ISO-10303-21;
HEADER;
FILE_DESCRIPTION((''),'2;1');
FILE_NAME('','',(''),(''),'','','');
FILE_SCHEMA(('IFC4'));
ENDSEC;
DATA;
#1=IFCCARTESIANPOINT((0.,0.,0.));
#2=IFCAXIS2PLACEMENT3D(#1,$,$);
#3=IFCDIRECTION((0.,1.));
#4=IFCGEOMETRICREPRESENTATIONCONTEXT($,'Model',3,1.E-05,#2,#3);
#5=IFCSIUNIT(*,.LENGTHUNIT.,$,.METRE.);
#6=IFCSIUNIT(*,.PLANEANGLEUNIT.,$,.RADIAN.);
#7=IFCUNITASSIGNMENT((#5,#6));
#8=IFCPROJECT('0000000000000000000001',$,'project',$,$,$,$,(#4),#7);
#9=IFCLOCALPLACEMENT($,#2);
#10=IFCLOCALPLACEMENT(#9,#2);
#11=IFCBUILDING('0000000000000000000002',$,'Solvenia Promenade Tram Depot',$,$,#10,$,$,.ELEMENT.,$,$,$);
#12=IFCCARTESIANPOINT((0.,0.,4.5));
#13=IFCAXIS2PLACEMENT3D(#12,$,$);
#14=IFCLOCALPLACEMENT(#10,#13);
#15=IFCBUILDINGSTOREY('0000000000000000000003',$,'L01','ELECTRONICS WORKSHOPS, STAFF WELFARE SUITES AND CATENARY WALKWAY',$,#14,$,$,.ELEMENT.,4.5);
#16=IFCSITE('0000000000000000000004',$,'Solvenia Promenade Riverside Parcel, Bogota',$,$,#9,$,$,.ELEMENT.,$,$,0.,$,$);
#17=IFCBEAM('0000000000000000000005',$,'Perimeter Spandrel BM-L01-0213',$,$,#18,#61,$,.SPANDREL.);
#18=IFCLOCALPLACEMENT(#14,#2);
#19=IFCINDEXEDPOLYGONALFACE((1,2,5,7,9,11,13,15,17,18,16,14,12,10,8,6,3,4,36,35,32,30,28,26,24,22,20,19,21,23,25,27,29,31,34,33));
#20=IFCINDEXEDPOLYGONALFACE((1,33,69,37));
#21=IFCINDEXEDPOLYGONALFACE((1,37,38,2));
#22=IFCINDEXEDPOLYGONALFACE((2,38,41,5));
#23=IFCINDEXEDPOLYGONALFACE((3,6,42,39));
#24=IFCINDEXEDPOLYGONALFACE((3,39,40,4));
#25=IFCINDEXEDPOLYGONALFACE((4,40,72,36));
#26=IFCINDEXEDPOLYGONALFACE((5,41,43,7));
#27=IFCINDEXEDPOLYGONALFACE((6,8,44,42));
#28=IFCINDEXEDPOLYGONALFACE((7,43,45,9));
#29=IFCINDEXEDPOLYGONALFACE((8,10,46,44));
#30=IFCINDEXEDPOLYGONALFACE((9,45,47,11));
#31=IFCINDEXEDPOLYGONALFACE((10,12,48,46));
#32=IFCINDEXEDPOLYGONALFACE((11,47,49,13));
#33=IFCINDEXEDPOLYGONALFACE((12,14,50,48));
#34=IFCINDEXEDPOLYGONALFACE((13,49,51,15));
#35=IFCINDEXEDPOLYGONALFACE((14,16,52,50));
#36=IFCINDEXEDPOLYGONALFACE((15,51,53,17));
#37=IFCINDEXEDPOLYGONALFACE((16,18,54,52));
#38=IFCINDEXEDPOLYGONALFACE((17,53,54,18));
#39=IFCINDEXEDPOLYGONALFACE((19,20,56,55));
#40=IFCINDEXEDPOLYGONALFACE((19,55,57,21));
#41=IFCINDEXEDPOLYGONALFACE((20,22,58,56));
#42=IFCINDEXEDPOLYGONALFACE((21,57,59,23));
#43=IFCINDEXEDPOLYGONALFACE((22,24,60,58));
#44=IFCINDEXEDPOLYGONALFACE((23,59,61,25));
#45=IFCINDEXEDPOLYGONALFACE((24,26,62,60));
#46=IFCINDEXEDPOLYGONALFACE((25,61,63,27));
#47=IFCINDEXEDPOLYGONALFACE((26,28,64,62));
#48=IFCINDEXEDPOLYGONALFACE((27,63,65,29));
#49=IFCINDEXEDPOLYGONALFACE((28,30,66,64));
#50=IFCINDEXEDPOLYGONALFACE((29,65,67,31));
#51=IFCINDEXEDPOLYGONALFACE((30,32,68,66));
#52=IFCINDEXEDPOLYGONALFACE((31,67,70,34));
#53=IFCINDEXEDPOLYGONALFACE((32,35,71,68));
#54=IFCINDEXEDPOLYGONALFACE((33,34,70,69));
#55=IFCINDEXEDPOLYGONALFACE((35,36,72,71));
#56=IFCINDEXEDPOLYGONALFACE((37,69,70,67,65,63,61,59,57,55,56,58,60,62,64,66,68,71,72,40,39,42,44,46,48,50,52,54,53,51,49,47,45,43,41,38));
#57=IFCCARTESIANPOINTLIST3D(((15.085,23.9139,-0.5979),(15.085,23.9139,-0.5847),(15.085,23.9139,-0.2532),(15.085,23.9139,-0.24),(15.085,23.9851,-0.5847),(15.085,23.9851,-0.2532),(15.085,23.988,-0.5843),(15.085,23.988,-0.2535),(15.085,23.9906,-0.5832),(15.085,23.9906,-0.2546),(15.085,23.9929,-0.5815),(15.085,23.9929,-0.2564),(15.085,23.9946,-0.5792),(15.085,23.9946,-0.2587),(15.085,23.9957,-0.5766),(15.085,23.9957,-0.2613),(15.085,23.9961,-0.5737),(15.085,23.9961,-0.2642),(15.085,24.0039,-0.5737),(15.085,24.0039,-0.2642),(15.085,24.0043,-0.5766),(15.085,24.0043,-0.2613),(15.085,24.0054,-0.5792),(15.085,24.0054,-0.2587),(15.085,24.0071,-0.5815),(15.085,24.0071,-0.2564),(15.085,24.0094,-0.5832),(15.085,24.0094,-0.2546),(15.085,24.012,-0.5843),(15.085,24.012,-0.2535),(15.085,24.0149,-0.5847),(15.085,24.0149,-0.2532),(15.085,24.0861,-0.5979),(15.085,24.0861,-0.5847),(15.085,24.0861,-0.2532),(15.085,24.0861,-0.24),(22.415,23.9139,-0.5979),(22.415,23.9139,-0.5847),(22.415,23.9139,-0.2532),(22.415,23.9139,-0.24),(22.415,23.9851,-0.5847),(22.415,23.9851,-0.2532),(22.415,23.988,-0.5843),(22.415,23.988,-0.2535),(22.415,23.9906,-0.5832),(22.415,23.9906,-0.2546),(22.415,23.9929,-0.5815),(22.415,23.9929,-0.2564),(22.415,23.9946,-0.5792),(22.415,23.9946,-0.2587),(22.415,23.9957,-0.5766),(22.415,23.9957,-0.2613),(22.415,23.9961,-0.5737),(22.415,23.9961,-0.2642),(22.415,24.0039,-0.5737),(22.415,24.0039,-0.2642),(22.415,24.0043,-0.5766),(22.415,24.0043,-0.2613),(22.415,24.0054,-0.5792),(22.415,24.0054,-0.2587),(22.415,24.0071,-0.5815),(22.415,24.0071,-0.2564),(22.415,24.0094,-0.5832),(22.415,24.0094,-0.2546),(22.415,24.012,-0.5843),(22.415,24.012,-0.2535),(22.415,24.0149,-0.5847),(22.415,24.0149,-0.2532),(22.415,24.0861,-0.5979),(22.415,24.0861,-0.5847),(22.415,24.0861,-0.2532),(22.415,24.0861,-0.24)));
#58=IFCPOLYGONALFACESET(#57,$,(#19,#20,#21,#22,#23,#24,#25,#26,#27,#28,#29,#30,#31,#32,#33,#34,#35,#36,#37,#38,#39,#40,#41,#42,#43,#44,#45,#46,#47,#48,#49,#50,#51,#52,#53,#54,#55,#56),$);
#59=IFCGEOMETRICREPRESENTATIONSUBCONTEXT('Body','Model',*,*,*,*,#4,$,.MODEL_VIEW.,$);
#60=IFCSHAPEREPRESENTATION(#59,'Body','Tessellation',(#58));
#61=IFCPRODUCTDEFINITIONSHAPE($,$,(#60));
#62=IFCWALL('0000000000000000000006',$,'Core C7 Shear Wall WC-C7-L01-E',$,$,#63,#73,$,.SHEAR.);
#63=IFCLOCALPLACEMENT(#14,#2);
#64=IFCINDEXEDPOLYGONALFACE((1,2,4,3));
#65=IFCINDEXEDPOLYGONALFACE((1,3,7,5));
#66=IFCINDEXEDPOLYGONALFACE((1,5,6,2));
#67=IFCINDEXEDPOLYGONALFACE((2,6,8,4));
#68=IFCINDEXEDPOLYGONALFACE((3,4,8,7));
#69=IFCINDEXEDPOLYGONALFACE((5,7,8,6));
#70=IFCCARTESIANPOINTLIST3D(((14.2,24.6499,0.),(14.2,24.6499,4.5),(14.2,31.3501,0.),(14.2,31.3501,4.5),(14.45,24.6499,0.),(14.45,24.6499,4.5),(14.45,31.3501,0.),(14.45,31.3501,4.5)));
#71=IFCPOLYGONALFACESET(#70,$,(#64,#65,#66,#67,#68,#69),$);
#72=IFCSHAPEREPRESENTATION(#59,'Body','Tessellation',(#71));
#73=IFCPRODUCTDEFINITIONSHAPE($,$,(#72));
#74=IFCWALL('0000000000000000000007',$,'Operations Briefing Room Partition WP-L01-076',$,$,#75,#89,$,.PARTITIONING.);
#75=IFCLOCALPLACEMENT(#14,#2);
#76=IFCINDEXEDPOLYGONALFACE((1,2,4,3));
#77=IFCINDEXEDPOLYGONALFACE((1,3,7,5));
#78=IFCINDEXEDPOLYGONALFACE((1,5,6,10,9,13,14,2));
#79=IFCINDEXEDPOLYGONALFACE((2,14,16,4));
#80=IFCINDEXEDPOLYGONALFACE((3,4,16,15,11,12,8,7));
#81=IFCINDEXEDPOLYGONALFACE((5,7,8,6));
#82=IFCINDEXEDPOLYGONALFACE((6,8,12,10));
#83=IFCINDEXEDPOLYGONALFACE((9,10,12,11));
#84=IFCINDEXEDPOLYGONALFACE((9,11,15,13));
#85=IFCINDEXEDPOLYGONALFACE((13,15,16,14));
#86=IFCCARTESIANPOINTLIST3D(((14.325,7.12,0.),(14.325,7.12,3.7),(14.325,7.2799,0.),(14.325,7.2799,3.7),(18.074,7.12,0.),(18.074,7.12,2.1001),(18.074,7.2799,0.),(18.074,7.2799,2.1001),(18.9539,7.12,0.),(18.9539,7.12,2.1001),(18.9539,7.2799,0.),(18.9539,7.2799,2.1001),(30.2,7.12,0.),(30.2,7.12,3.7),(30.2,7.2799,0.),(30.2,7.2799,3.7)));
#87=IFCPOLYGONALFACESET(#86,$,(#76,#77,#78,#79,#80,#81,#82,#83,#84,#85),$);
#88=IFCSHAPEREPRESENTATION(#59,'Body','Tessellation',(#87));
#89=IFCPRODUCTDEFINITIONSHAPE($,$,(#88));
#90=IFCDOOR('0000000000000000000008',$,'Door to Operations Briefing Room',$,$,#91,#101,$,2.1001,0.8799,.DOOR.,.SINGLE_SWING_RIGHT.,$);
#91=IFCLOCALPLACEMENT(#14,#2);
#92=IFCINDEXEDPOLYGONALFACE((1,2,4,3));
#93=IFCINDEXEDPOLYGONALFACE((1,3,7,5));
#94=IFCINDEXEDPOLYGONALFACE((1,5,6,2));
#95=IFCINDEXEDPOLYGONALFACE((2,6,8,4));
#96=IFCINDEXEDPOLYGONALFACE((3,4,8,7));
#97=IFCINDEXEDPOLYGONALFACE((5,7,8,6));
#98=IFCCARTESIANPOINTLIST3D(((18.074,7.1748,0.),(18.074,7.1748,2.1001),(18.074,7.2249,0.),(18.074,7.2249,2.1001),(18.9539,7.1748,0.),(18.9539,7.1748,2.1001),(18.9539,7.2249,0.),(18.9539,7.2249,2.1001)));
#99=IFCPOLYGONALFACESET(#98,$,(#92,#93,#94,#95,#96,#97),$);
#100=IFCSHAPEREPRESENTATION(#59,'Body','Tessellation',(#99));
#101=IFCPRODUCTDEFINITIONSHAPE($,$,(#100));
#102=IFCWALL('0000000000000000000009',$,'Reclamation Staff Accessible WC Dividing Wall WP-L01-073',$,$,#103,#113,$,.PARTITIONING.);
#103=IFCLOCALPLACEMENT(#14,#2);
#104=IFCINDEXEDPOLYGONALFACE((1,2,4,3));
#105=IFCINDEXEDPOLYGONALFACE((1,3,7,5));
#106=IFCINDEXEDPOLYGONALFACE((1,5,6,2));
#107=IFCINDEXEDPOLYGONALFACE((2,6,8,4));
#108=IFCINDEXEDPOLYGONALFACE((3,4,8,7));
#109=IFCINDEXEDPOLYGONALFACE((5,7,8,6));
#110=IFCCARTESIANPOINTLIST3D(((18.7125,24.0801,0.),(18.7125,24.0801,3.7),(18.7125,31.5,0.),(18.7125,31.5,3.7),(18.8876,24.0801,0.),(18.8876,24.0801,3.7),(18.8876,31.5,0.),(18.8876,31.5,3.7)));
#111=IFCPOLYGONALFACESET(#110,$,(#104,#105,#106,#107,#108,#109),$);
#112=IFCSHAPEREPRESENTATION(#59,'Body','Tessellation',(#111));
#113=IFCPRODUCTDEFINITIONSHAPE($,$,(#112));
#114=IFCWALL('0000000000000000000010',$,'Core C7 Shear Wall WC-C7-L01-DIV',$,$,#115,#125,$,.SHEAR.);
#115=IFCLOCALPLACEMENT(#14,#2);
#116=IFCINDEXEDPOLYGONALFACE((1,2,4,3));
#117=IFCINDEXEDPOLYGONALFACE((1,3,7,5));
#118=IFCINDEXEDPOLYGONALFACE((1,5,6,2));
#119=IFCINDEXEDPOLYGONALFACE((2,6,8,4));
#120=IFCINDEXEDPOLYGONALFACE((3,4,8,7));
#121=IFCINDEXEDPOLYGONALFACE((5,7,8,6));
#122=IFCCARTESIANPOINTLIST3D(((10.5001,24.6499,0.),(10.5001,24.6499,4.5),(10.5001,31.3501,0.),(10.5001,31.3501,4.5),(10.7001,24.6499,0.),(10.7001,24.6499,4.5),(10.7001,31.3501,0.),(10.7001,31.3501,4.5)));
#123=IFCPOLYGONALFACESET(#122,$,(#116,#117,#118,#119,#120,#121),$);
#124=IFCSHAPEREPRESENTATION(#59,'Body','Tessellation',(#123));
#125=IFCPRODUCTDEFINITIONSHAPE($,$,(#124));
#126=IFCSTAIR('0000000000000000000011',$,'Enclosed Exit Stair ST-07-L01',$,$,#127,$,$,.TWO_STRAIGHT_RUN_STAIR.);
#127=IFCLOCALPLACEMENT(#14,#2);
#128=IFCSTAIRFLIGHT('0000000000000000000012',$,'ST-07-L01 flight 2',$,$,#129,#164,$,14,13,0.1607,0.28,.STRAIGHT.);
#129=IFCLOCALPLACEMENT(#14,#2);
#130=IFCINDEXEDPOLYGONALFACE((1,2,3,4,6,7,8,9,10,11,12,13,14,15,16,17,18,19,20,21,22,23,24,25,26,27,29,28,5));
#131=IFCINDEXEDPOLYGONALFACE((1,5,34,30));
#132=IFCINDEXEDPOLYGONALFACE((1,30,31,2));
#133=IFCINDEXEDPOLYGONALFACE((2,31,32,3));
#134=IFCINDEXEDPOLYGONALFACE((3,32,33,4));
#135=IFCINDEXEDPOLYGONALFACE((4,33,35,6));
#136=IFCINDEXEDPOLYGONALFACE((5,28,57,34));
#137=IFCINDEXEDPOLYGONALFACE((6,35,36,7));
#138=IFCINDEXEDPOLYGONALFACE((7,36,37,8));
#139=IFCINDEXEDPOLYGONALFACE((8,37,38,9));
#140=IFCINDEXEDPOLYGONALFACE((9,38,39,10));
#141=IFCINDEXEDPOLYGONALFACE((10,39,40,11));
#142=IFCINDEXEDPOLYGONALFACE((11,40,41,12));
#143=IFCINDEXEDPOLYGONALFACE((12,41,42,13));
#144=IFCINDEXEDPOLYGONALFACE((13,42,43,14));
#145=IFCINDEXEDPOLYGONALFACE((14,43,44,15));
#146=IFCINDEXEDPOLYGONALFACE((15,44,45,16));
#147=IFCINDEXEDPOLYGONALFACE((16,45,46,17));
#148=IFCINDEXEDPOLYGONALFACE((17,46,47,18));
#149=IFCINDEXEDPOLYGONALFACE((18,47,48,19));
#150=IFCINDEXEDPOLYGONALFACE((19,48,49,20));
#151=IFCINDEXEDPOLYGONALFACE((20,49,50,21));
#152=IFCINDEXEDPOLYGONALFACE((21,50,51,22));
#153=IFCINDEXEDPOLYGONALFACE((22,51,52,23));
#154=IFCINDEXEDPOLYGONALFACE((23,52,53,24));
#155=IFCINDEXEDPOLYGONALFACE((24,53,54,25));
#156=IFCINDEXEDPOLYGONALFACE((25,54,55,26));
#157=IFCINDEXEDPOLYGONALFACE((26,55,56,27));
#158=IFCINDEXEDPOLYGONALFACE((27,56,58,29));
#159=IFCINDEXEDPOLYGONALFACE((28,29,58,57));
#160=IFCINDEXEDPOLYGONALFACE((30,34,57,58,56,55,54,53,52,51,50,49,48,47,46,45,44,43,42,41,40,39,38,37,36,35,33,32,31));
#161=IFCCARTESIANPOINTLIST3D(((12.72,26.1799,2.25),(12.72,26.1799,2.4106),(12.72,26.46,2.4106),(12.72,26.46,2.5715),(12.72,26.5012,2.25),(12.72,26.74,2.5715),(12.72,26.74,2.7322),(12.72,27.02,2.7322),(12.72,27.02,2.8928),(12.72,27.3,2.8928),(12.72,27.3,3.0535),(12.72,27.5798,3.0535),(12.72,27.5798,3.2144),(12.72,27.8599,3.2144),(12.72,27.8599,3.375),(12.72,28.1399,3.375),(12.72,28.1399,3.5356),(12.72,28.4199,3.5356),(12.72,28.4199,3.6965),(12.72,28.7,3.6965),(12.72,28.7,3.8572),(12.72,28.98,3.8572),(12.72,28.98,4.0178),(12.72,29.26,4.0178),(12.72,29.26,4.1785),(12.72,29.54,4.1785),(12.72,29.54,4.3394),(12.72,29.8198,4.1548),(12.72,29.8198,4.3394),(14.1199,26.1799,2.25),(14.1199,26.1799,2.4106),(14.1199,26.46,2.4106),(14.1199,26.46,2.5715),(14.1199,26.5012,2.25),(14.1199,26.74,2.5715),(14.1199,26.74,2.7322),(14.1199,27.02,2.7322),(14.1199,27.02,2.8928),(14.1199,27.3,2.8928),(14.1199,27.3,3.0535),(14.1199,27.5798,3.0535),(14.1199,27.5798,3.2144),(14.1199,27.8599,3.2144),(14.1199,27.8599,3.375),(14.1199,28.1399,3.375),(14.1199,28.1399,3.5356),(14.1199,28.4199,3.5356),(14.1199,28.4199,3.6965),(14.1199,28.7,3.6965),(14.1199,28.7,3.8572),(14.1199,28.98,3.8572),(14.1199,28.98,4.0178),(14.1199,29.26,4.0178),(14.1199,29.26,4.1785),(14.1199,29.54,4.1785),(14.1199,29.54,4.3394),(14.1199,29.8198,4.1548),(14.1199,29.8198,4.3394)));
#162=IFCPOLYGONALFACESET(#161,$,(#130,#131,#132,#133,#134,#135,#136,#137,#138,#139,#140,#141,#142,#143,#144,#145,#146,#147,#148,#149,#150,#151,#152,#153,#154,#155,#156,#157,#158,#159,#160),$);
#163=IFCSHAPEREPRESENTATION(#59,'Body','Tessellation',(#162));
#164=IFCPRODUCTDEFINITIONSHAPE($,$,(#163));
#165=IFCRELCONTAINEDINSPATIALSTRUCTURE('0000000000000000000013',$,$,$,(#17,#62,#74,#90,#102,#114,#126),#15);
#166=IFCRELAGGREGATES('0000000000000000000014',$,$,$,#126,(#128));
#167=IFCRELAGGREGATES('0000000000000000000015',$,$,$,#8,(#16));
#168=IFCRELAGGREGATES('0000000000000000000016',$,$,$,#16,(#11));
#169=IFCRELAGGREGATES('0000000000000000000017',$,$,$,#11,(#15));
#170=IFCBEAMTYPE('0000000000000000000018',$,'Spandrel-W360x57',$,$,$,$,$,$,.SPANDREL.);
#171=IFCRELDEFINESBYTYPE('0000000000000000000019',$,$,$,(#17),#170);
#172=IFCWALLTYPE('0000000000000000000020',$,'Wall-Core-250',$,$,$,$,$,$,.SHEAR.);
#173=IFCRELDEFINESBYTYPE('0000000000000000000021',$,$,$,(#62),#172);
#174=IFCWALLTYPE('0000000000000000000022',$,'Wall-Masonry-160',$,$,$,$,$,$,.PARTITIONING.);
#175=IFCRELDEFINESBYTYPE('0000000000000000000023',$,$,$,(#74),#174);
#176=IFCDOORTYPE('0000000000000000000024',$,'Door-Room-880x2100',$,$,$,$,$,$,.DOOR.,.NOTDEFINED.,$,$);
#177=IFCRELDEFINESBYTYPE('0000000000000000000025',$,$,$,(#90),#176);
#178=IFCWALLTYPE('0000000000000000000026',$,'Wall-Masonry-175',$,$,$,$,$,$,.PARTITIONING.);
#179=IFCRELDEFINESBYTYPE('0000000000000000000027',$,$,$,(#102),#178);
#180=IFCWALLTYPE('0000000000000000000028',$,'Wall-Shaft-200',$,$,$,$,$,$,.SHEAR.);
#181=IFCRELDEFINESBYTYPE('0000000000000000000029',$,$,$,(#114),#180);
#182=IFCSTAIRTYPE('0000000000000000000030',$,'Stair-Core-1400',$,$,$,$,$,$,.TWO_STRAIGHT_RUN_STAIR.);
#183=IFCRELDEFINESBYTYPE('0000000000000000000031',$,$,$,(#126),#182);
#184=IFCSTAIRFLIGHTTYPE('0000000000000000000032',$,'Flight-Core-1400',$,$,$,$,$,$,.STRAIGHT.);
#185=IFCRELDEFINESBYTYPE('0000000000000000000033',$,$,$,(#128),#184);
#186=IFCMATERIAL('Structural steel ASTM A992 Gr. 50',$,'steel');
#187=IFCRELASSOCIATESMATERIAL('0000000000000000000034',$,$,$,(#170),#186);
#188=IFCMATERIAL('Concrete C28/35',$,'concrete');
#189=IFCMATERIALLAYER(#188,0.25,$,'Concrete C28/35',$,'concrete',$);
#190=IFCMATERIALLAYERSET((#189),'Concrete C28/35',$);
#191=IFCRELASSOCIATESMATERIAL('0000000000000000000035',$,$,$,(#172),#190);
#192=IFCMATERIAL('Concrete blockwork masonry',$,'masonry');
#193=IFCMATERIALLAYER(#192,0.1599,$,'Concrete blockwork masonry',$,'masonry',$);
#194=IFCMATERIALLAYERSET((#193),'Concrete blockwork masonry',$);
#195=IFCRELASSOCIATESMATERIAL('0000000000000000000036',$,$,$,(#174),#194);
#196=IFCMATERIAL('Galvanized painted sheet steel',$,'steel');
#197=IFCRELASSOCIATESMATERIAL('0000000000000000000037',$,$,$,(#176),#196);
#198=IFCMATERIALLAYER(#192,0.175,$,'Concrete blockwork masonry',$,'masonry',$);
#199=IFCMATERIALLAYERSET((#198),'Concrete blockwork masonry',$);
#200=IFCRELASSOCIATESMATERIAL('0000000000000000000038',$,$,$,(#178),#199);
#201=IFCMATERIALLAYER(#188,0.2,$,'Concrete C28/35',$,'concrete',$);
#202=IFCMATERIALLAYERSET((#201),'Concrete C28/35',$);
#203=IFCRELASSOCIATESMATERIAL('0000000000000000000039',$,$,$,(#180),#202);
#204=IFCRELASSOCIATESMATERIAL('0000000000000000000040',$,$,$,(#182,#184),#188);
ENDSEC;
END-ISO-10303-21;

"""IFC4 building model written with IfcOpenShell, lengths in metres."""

from ifc_helpers import new_model, si_unit, direction, frame, frame_2d, origin, origin_2d, place, context, subcontext, project, spatial, polyline, rectangle, i_section, outline, extrude, material, layer, layer_set, material_profile, profile_set, type_object, element, fill, aggregate, save


model = new_model("IFC4")

# Units and contexts
model_context = context("Model", 3, precision=1e-05, world=origin(), true_north=direction((0.0, 1.0)))
body_context = subcontext(model_context, "Body", "Model", "MODEL_VIEW")
ifc_project = project(units=[si_unit("LENGTHUNIT", "METRE"), si_unit("PLANEANGLEUNIT", "RADIAN")], contexts=[model_context])

# Site, building, storey
site_placement = place(None, origin())
site = spatial("IfcSite", under=ifc_project, at=site_placement, Name="Solvenia Promenade Riverside Parcel, Bogota", CompositionType="ELEMENT", RefElevation=0.0)
building_placement = place(site_placement, origin())
building = spatial("IfcBuilding", under=site, at=building_placement, Name="Solvenia Promenade Tram Depot", CompositionType="ELEMENT")
storey_placement = place(building_placement, frame((0.0, 0.0, 4.5)))
storey = spatial("IfcBuildingStorey", under=building, at=storey_placement, Name="L01", Description="ELECTRONICS WORKSHOPS, STAFF WELFARE SUITES AND CATENARY WALKWAY", CompositionType="ELEMENT", Elevation=4.5)

# Shared definitions
ifc_material_1 = material(Name="Structural steel ASTM A992 Gr. 50", Category="steel")

# Beam
ifc_material_profile_1 = material_profile(ifc_material_1, i_section(OverallWidth=0.1721, OverallDepth=0.3579, WebThickness=0.0078, FlangeThickness=0.0132, FilletRadius=0.011, at=origin_2d()), Name="W360x57", Category="steel")
ifc_profile_set_1 = profile_set([ifc_material_profile_1], Name="Structural steel ASTM A992 Gr. 50")
beam_type_1 = type_object("IfcBeamType", Name="Spandrel-W360x57", PredefinedType="SPANDREL", material=ifc_profile_set_1)
beam_placement = place(storey_placement, frame((15.085, 24.0, -0.4189), z_axis=(1.0, 0.0, 0.0), x_axis=(0.0, 1.0, 0.0)))
element("IfcBeam", 1, at=beam_placement, inside=storey, type_object=beam_type_1, Name="Perimeter Spandrel BM-L01-0213", PredefinedType="SPANDREL", context=body_context, shape_type="SweptSolid", body=[
    extrude(i_section(OverallWidth=0.1721, OverallDepth=0.3579, WebThickness=0.0078, FlangeThickness=0.0132, FilletRadius=0.011, at=origin_2d()), origin(), (0.0, 0.0, 1.0), 7.3301),
])

# Wall
ifc_material_2 = material(Name="Concrete C28/35", Category="concrete")
ifc_layer_1 = layer(ifc_material_2, 0.25, Name="Concrete C28/35", Category="concrete")
ifc_layer_set_1 = layer_set([ifc_layer_1], Name="Concrete C28/35")
wall_type_1 = type_object("IfcWallType", Name="Wall-Core-250", PredefinedType="SHEAR", material=ifc_layer_set_1)
wall_1_placement = place(storey_placement, frame((14.325, 24.6499, 0.0), z_axis=(0.0, 0.0, 1.0), x_axis=(0.0, 1.0, 0.0)))
element("IfcWall", 2, at=wall_1_placement, inside=storey, type_object=wall_type_1, Name="Core C7 Shear Wall WC-C7-L01-E", PredefinedType="SHEAR", context=body_context, shape_type="SweptSolid", body=[
    extrude(rectangle(XDim=6.7002, YDim=0.25, at=frame_2d((3.3501, 0.0))), origin(), (0.0, 0.0, 1.0), 4.5),
])

# Wall, opening, door
ifc_material_3 = material(Name="Concrete blockwork masonry", Category="masonry")
ifc_layer_2 = layer(ifc_material_3, 0.1599, Name="Concrete blockwork masonry", Category="masonry")
ifc_layer_set_2 = layer_set([ifc_layer_2], Name="Concrete blockwork masonry")
wall_type_2 = type_object("IfcWallType", Name="Wall-Masonry-160", PredefinedType="PARTITIONING", material=ifc_layer_set_2)
wall_2_placement = place(storey_placement, frame((14.325, 7.2, 0.0), z_axis=(0.0, 0.0, 1.0), x_axis=(1.0, 0.0, 0.0)))
wall_2 = element("IfcWall", 3, at=wall_2_placement, inside=storey, type_object=wall_type_2, Name="Operations Briefing Room Partition WP-L01-076", PredefinedType="PARTITIONING", context=body_context, shape_type="SweptSolid", body=[
    extrude(rectangle(XDim=15.875, YDim=0.1599, at=frame_2d((7.9375, 0.0))), origin(), (0.0, 0.0, 1.0), 3.7),
])
opening_placement = place(wall_2_placement, frame((3.749, 0.0, 0.0)))
opening = element("IfcOpeningElement", 4, at=opening_placement, cuts=wall_2, PredefinedType="OPENING", context=body_context, shape_type="SweptSolid", body=[
    extrude(rectangle(XDim=0.8799, YDim=2.1001, at=frame_2d((0.4399, 1.05))), frame((0.0, 0.0898, 0.0), z_axis=(0.0, -1.0, 0.0), x_axis=(1.0, 0.0, 0.0)), (0.0, 0.0, 1.0), 0.1799),
])
ifc_material_4 = material(Name="Galvanized painted sheet steel", Category="steel")
door_type = type_object("IfcDoorType", Name="Door-Room-880x2100", OperationType="NOTDEFINED", PredefinedType="DOOR", material=ifc_material_4)
door_placement = place(opening_placement, origin())
door = element("IfcDoor", 5, at=door_placement, inside=storey, type_object=door_type, Name="Door to Operations Briefing Room", OperationType="SINGLE_SWING_RIGHT", OverallHeight=2.1001, OverallWidth=0.8799, PredefinedType="DOOR", context=body_context, shape_type="SweptSolid", body=[
    extrude(rectangle(XDim=0.8799, YDim=2.1001, at=frame_2d((0.4399, 1.05))), frame((0.0, 0.0249, 0.0), z_axis=(0.0, -1.0, 0.0), x_axis=(1.0, 0.0, 0.0)), (0.0, 0.0, 1.0), 0.05),
])
fill(opening, door)

# Walls
ifc_layer_3 = layer(ifc_material_3, 0.175, Name="Concrete blockwork masonry", Category="masonry")
ifc_layer_set_3 = layer_set([ifc_layer_3], Name="Concrete blockwork masonry")
wall_type_3 = type_object("IfcWallType", Name="Wall-Masonry-175", PredefinedType="PARTITIONING", material=ifc_layer_set_3)
wall_3_placement = place(storey_placement, frame((18.8, 24.0801, 0.0), z_axis=(0.0, 0.0, 1.0), x_axis=(0.0, 1.0, 0.0)))
element("IfcWall", 6, at=wall_3_placement, inside=storey, type_object=wall_type_3, Name="Reclamation Staff Accessible WC Dividing Wall WP-L01-073", PredefinedType="PARTITIONING", context=body_context, shape_type="SweptSolid", body=[
    extrude(rectangle(XDim=7.4199, YDim=0.175, at=frame_2d((3.71, 0.0))), origin(), (0.0, 0.0, 1.0), 3.7),
])
ifc_layer_4 = layer(ifc_material_2, 0.2, Name="Concrete C28/35", Category="concrete")
ifc_layer_set_4 = layer_set([ifc_layer_4], Name="Concrete C28/35")
wall_type_4 = type_object("IfcWallType", Name="Wall-Shaft-200", PredefinedType="SHEAR", material=ifc_layer_set_4)
wall_4_placement = place(storey_placement, frame((10.6001, 24.6499, 0.0), z_axis=(0.0, 0.0, 1.0), x_axis=(0.0, 1.0, 0.0)))
element("IfcWall", 7, at=wall_4_placement, inside=storey, type_object=wall_type_4, Name="Core C7 Shear Wall WC-C7-L01-DIV", PredefinedType="SHEAR", context=body_context, shape_type="SweptSolid", body=[
    extrude(rectangle(XDim=6.7002, YDim=0.2, at=frame_2d((3.3501, 0.0))), origin(), (0.0, 0.0, 1.0), 4.5),
])

# Stair, stair flight
stair_type_1 = type_object("IfcStairType", Name="Stair-Core-1400", PredefinedType="TWO_STRAIGHT_RUN_STAIR", material=ifc_material_2)
stair_1_placement = place(storey_placement, origin())
stair_1 = element("IfcStair", 8, at=stair_1_placement, inside=storey, type_object=stair_type_1, Name="Enclosed Exit Stair ST-07-L01", PredefinedType="TWO_STRAIGHT_RUN_STAIR")
stair_flight_type_1 = type_object("IfcStairFlightType", Name="Flight-Core-1400", PredefinedType="STRAIGHT", material=ifc_material_2)
stair_flight_1_placement = place(storey_placement, frame((13.4199, 26.1799, 2.25), z_axis=(0.0, 0.0, 1.0), x_axis=(0.0, 1.0, 0.0)))
stair_flight_1 = element("IfcStairFlight", 9, at=stair_flight_1_placement, type_object=stair_flight_type_1, Name="ST-07-L01 flight 2", NumberOfRisers=14, NumberOfTreads=13, PredefinedType="STRAIGHT", RiserHeight=0.1607, TreadLength=0.28, context=body_context, shape_type="SweptSolid", body=[
    extrude(outline(polyline([(0.0, 0.0), (0.0, 0.1606), (0.28, 0.1606), (0.28, 0.3215), (0.5601, 0.3215), (0.5601, 0.4822), (0.8401, 0.4822), (0.8401, 0.6428), (1.1201, 0.6428), (1.1201, 0.8035), (1.3999, 0.8035), (1.3999, 0.9644), (1.6799, 0.9644), (1.6799, 1.125), (1.96, 1.125), (1.96, 1.2856), (2.24, 1.2856), (2.24, 1.4465), (2.52, 1.4465), (2.52, 1.6072), (2.8, 1.6072), (2.8, 1.7678), (3.0801, 1.7678), (3.0801, 1.9285), (3.3601, 1.9285), (3.3601, 2.0894), (3.6399, 2.0894), (3.6399, 2.25), (3.6399, 1.9048), (0.3213, 0.0), (0.0, 0.0)])), frame((0.0, 0.7, 0.0), z_axis=(0.0, -1.0, 0.0), x_axis=(1.0, 0.0, 0.0)), (0.0, 0.0, 1.0), 1.3999),
])
aggregate(stair_1, [stair_flight_1])

save(model, "model.ifc")
